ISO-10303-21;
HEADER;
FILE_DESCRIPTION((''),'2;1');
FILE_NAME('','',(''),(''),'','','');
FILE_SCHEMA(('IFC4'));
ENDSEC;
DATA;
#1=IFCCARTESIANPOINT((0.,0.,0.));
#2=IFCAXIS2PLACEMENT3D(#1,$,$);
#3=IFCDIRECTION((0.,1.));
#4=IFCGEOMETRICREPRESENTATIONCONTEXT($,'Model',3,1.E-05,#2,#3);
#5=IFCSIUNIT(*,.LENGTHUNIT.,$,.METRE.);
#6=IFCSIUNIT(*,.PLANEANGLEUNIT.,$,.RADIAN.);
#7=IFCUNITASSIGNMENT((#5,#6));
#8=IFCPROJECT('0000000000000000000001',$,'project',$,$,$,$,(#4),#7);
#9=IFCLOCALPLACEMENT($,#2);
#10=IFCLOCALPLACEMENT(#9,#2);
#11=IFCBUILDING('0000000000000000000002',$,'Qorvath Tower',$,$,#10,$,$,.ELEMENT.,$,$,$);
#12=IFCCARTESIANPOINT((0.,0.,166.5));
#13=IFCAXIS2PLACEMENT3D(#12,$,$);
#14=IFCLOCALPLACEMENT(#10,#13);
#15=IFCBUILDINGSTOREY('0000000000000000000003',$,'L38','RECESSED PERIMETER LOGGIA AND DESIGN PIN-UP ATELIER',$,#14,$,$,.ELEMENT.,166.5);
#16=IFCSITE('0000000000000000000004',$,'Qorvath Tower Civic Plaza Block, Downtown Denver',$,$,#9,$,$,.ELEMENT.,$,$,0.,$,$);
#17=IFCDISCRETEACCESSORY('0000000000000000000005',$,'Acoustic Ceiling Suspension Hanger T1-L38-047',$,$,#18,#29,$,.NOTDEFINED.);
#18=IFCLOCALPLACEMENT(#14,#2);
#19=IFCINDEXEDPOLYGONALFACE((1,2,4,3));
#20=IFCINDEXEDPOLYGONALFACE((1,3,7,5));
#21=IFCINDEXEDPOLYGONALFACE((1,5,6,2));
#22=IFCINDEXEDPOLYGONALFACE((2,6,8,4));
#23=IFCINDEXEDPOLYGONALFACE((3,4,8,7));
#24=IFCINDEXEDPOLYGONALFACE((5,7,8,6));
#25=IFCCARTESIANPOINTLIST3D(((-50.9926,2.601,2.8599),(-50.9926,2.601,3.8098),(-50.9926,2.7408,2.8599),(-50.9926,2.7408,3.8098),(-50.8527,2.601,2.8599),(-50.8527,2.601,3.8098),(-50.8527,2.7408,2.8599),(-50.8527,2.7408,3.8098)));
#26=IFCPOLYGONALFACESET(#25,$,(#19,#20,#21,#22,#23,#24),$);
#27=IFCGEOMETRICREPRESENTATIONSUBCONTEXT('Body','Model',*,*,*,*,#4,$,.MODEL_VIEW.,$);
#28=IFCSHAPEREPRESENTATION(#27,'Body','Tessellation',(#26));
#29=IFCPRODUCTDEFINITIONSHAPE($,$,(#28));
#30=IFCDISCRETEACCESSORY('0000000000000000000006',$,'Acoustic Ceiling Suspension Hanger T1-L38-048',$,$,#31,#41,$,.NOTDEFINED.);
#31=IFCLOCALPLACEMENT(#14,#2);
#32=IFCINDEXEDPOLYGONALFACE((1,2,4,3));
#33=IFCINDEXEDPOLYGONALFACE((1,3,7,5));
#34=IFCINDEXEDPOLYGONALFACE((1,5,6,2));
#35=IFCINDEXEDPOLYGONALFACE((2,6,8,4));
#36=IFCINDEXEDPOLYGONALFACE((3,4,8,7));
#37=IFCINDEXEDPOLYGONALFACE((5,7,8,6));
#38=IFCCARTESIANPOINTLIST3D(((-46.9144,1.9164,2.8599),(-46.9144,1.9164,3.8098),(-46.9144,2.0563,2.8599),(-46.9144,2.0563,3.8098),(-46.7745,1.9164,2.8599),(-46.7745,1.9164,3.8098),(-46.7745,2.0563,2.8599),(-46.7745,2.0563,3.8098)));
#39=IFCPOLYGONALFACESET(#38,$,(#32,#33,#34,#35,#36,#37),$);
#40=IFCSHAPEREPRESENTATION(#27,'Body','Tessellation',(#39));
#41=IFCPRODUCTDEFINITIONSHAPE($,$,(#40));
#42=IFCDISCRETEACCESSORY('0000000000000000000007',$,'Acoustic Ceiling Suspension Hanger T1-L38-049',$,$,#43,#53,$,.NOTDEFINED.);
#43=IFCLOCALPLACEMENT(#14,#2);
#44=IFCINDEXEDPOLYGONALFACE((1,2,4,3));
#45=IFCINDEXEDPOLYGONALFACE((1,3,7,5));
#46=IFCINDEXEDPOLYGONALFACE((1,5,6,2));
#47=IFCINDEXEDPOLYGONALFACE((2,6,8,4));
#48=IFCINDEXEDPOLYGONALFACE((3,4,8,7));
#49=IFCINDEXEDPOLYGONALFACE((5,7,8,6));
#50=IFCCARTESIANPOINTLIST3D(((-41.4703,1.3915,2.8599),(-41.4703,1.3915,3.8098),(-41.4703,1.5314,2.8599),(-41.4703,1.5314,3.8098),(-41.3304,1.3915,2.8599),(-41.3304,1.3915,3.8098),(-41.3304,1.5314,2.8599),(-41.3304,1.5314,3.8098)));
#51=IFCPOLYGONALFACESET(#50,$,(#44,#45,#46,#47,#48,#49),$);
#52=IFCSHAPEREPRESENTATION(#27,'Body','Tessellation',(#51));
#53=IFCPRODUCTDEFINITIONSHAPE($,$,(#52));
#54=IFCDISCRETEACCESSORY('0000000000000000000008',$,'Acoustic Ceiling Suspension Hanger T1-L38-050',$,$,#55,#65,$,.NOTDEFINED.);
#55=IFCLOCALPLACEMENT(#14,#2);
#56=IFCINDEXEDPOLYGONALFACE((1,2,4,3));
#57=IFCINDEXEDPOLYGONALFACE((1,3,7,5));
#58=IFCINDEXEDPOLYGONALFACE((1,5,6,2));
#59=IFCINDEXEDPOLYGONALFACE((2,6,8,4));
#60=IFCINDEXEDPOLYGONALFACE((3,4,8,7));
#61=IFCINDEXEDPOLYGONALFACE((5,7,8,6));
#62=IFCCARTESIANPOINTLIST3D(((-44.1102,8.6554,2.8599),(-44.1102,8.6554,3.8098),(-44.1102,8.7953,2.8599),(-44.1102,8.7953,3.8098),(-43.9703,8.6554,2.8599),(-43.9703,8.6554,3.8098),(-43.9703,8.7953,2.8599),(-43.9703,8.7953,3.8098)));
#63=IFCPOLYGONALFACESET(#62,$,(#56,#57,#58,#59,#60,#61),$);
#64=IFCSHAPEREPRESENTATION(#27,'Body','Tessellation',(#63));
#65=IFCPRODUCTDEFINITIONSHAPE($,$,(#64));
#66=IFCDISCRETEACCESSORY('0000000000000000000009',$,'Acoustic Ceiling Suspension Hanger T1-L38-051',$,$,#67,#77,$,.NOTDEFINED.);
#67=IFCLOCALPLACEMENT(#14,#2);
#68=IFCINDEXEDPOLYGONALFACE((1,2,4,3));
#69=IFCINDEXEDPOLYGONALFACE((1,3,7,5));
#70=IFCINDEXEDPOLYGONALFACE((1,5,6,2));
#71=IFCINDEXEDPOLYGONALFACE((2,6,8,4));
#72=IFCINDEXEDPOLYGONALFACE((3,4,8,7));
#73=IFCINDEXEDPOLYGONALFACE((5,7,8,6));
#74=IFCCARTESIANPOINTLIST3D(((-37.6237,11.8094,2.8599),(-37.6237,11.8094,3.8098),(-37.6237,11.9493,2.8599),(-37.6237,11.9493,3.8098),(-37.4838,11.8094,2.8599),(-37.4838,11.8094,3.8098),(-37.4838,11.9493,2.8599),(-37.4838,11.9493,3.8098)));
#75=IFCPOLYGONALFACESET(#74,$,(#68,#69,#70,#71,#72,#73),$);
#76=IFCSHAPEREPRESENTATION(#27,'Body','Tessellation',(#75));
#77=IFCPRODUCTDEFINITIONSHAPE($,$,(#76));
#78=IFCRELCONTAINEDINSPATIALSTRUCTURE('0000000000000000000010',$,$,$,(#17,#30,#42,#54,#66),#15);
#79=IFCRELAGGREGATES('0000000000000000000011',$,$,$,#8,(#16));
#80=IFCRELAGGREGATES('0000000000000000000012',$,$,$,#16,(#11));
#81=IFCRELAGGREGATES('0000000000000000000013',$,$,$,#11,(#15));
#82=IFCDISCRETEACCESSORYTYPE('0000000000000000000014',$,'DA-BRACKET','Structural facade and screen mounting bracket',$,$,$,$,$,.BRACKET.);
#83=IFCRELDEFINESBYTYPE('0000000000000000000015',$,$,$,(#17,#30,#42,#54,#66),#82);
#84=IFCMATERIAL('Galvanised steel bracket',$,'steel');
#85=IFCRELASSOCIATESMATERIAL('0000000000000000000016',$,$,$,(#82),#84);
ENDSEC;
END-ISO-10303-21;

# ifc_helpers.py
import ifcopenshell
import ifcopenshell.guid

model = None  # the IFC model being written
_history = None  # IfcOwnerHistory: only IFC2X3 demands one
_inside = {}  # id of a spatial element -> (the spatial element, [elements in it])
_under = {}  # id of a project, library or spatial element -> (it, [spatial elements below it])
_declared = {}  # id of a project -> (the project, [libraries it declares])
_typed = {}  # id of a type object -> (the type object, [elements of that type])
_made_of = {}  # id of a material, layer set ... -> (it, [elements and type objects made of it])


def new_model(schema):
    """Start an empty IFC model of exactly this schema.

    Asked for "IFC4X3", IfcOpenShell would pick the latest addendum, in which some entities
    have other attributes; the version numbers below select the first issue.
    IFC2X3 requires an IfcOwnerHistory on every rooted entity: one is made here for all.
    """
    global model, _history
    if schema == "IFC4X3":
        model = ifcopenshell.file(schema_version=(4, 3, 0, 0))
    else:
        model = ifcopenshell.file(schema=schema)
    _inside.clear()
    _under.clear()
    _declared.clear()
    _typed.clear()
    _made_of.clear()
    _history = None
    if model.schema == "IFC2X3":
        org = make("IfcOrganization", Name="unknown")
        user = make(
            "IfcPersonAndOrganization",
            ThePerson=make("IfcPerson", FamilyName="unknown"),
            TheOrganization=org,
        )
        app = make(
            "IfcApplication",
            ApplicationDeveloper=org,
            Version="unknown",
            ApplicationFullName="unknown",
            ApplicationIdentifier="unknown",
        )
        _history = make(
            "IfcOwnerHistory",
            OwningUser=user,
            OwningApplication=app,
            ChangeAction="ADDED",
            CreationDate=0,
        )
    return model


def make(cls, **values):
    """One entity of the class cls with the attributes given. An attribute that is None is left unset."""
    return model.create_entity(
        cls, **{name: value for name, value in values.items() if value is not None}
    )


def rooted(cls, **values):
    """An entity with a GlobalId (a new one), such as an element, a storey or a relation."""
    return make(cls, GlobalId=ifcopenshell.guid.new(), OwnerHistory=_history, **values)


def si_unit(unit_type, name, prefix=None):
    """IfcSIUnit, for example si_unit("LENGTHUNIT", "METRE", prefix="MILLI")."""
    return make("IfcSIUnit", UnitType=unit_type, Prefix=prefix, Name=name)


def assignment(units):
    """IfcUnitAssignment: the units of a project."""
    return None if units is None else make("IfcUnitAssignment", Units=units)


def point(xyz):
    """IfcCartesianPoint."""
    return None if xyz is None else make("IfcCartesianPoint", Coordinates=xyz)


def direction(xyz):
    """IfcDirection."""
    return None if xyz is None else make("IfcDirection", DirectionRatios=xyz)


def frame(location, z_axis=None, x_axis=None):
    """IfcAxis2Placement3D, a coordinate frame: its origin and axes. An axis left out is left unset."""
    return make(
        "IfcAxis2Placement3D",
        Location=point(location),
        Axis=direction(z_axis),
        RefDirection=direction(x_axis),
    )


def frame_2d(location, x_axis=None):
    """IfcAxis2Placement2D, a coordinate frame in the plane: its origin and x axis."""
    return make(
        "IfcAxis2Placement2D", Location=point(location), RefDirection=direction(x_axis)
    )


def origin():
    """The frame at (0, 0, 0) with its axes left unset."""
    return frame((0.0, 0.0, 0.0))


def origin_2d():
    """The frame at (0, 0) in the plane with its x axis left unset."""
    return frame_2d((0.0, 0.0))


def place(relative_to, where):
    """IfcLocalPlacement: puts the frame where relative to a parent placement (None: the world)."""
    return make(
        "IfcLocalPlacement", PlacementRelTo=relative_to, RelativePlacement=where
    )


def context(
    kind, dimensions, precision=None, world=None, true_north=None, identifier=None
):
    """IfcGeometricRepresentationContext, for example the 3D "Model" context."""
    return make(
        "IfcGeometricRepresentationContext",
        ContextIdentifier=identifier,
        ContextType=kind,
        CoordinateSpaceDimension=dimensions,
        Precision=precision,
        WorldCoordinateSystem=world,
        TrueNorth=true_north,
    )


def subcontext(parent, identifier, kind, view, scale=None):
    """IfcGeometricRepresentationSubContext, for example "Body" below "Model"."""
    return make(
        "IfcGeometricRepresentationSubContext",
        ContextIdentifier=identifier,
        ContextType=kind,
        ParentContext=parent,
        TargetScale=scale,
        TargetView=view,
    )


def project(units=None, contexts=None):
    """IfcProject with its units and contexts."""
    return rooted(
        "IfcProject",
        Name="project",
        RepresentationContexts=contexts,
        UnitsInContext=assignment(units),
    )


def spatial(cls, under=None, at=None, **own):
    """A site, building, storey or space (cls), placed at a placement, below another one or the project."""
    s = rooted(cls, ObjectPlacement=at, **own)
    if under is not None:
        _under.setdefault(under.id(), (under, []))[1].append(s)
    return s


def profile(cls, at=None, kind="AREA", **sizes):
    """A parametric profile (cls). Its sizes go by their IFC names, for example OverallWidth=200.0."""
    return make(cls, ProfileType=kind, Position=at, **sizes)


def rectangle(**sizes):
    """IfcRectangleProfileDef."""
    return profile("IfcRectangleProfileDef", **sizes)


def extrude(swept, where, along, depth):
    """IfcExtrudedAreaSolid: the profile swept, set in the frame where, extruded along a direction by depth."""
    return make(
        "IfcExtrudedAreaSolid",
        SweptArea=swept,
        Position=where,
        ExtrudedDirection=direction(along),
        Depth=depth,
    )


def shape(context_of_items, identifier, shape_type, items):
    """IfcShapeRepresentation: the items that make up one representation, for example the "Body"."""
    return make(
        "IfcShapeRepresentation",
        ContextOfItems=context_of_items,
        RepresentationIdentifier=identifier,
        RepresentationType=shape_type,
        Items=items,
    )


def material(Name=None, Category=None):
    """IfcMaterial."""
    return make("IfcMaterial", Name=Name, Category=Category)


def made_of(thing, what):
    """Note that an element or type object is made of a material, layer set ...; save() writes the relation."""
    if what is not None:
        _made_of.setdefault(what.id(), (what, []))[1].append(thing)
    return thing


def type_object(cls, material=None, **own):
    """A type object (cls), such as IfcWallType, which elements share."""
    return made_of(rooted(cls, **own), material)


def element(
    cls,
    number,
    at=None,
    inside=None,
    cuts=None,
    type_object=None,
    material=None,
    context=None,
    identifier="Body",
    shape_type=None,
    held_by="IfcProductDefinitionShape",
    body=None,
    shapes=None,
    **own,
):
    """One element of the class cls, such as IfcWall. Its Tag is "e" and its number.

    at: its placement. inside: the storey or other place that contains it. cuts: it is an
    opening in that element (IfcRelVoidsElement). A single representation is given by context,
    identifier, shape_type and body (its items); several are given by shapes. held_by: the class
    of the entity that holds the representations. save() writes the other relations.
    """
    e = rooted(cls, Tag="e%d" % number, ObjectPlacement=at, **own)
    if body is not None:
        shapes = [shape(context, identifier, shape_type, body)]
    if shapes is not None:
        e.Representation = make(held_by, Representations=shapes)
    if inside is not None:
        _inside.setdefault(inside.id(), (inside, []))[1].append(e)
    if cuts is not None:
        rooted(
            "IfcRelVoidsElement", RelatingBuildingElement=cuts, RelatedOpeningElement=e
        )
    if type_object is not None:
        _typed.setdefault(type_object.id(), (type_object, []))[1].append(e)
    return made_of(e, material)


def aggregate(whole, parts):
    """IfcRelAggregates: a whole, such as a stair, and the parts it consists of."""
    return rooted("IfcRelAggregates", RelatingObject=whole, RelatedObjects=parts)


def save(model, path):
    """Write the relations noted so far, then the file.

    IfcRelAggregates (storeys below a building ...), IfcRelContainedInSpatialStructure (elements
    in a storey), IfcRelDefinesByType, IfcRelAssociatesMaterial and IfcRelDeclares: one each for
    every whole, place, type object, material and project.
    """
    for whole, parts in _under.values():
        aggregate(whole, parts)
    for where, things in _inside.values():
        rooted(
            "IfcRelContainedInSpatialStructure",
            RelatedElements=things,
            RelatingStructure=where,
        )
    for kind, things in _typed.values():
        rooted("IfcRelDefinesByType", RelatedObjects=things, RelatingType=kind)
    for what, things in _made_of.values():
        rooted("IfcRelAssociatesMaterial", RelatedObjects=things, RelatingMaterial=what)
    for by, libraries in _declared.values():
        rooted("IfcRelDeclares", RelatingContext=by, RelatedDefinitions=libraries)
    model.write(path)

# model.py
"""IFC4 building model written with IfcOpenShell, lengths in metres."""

from ifc_helpers import new_model, si_unit, direction, frame, origin, origin_2d, place, context, subcontext, project, spatial, rectangle, extrude, material, type_object, element, save


model = new_model("IFC4")

# Units and contexts
model_context = context("Model", 3, precision=1e-05, world=origin(), true_north=direction((0.0, 1.0)))
body_context = subcontext(model_context, "Body", "Model", "MODEL_VIEW")
ifc_project = project(units=[si_unit("LENGTHUNIT", "METRE"), si_unit("PLANEANGLEUNIT", "RADIAN")], contexts=[model_context])

# Site, building, storey
site_placement = place(None, origin())
site = spatial("IfcSite", under=ifc_project, at=site_placement, Name="Qorvath Tower Civic Plaza Block, Downtown Denver", CompositionType="ELEMENT", RefElevation=0.0)
building_placement = place(site_placement, origin())
building = spatial("IfcBuilding", under=site, at=building_placement, Name="Qorvath Tower", CompositionType="ELEMENT")
storey_placement = place(building_placement, frame((0.0, 0.0, 166.5)))
storey = spatial("IfcBuildingStorey", under=building, at=storey_placement, Name="L38", Description="RECESSED PERIMETER LOGGIA AND DESIGN PIN-UP ATELIER", CompositionType="ELEMENT", Elevation=166.5)

# Discrete accessories
ifc_material_1 = material(Name="Galvanised steel bracket", Category="steel")
discrete_accessory_type = type_object("IfcDiscreteAccessoryType", Name="DA-BRACKET", Description="Structural facade and screen mounting bracket", PredefinedType="BRACKET", material=ifc_material_1)
for number, where, z_axis, x_axis, name in (
    (1, (-50.9226, 2.6709, 2.8599), (0.0, 0.0, 1.0), (1.0, 0.0, 0.0), "Acoustic Ceiling Suspension Hanger T1-L38-047"),
    (2, (-46.8445, 1.9863, 2.8599), (0.0, 0.0, 1.0), (1.0, 0.0, 0.0), "Acoustic Ceiling Suspension Hanger T1-L38-048"),
    (3, (-41.4004, 1.4614, 2.8599), (0.0, 0.0, 1.0), (1.0, 0.0, 0.0), "Acoustic Ceiling Suspension Hanger T1-L38-049"),
    (4, (-44.0403, 8.7253, 2.8599), (0.0, 0.0, 1.0), (1.0, 0.0, 0.0), "Acoustic Ceiling Suspension Hanger T1-L38-050"),
    (5, (-37.5537, 11.8794, 2.8599), (0.0, 0.0, 1.0), (1.0, 0.0, 0.0), "Acoustic Ceiling Suspension Hanger T1-L38-051"),
):
    element("IfcDiscreteAccessory", number, at=place(storey_placement, frame(where, z_axis=z_axis, x_axis=x_axis)), inside=storey, type_object=discrete_accessory_type, Name=name, PredefinedType="NOTDEFINED", context=body_context, shape_type="SweptSolid", body=[
        extrude(rectangle(XDim=0.1399, YDim=0.1399, at=origin_2d()), origin(), (0.0, 0.0, 1.0), 0.95),
    ])

save(model, "model.ifc")
